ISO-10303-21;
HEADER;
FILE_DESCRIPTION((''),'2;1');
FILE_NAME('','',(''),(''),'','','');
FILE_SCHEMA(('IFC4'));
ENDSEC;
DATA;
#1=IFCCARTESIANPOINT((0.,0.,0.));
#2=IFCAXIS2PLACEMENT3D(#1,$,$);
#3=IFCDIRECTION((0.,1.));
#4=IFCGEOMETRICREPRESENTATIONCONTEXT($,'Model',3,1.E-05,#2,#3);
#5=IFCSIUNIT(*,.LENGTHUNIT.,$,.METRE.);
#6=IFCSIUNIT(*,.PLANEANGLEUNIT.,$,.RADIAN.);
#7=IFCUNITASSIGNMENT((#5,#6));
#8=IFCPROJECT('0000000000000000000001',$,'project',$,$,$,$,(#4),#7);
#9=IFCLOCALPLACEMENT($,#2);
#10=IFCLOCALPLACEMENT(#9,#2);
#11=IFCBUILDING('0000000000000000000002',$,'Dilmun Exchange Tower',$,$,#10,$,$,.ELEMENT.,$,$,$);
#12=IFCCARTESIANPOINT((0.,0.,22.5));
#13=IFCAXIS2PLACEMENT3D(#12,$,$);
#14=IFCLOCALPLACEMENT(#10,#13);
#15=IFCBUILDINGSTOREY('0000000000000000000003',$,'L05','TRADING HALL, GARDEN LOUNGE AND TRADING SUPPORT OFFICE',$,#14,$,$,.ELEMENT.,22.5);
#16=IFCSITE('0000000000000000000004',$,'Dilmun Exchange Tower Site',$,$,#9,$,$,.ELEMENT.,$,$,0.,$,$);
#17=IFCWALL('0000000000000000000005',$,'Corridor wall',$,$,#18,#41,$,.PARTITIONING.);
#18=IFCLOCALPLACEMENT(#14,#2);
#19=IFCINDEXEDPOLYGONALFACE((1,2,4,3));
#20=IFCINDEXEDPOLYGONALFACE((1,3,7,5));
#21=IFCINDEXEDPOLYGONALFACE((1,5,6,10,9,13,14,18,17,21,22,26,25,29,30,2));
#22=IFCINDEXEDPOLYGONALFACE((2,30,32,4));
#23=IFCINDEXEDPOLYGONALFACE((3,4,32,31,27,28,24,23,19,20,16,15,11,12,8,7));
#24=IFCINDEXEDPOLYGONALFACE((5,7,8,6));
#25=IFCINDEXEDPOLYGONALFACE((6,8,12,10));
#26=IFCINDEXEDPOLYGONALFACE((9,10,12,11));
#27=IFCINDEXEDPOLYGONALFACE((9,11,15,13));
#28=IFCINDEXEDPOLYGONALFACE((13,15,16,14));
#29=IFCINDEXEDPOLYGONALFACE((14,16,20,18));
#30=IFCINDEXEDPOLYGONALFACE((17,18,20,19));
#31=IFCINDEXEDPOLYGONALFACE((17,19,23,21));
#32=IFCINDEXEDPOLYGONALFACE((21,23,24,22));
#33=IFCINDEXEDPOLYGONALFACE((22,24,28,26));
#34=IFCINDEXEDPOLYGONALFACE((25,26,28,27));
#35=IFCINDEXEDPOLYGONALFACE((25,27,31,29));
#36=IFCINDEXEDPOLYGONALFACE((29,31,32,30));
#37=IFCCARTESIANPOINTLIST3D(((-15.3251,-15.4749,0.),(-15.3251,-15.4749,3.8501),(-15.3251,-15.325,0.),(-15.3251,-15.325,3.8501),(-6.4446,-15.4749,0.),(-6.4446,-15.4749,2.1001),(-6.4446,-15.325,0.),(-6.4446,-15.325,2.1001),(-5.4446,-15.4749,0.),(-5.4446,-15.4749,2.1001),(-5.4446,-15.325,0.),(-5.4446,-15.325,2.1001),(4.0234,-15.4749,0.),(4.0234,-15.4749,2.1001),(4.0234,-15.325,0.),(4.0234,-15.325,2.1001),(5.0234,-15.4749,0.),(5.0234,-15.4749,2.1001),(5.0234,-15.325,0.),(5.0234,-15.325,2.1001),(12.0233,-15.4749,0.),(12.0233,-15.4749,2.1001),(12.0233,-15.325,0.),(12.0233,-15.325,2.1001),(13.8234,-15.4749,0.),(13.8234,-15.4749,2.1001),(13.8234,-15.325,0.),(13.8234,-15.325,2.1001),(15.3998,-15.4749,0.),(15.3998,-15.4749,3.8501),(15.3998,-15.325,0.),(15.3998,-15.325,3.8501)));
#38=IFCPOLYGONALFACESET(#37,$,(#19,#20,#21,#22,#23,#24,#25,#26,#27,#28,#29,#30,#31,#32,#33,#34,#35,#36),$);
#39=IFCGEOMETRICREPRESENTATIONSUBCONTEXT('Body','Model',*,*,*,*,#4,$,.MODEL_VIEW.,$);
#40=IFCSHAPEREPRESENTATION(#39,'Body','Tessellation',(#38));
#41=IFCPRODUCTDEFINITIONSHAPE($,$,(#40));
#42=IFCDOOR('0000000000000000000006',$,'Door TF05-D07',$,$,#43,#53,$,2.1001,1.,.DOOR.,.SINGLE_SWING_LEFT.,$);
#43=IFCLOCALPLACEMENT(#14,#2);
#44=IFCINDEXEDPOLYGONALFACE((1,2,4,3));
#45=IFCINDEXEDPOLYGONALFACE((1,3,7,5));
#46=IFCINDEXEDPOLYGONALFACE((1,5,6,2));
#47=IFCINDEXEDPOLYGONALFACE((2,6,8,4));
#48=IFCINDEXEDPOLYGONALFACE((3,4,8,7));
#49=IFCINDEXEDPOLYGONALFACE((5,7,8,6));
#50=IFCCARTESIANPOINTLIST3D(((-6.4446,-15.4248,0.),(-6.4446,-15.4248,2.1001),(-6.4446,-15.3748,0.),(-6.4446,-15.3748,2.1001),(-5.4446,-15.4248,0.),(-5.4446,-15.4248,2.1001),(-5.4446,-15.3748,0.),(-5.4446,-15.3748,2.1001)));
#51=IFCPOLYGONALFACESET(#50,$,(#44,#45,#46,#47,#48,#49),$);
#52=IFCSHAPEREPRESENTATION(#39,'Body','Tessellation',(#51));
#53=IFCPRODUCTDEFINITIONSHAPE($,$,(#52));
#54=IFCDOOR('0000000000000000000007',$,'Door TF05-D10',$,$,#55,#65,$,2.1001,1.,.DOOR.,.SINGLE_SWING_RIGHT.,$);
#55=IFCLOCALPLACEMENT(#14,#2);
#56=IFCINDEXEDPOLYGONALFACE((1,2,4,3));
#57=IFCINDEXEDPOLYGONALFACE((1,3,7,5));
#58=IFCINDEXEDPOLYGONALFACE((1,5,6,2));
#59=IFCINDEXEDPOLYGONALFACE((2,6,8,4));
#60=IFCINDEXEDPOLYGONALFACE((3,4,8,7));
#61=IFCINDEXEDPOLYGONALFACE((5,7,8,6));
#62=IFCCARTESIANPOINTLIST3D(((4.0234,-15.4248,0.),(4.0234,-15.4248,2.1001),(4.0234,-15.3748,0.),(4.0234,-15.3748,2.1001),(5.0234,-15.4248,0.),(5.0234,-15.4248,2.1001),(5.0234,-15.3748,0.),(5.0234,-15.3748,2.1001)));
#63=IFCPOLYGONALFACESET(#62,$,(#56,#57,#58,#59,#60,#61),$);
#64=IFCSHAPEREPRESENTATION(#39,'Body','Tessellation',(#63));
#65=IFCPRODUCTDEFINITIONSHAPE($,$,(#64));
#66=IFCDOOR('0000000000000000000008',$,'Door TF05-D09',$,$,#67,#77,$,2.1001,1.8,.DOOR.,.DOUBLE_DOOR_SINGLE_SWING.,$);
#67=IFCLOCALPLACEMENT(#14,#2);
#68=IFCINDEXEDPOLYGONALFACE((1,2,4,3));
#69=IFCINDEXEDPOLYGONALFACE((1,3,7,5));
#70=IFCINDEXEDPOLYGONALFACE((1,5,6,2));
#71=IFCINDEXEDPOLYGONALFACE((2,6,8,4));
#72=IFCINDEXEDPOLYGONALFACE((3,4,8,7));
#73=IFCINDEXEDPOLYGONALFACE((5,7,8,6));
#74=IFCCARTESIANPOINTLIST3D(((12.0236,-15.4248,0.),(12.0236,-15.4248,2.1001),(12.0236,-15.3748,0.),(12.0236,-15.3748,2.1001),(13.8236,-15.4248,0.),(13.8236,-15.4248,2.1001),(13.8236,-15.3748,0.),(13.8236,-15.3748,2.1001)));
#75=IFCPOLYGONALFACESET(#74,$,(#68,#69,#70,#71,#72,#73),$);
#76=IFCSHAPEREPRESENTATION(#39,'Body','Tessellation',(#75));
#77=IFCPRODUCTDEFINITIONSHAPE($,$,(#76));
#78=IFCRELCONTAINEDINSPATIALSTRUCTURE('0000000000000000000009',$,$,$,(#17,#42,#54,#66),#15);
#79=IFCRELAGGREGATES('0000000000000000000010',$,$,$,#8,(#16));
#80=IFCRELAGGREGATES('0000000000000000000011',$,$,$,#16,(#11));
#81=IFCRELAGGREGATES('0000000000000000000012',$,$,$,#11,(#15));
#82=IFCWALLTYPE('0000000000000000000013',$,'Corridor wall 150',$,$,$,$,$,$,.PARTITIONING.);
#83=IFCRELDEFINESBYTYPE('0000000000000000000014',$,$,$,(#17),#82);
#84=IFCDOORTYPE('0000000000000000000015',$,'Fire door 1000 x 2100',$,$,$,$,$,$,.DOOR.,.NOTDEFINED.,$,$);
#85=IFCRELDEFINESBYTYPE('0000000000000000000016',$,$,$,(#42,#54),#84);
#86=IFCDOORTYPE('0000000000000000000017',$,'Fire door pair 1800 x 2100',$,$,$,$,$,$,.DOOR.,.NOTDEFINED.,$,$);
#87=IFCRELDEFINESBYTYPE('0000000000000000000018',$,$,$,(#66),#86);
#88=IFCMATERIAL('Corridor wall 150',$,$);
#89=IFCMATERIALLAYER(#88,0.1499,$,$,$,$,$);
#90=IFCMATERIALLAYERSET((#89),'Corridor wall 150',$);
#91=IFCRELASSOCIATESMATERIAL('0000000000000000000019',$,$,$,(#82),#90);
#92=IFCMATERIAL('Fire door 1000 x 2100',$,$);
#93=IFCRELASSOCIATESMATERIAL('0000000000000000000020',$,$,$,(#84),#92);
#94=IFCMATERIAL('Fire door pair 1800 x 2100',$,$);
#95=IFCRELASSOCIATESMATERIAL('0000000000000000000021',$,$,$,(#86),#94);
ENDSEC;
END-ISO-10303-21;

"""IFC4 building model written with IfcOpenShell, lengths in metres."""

from ifc_helpers import new_model, si_unit, direction, frame, frame_2d, origin, place, context, subcontext, project, spatial, rectangle, extrude, material, layer, layer_set, type_object, element, fill, save


model = new_model("IFC4")

# Units and contexts
model_context = context("Model", 3, precision=1e-05, world=origin(), true_north=direction((0.0, 1.0)))
body_context = subcontext(model_context, "Body", "Model", "MODEL_VIEW")
ifc_project = project(units=[si_unit("LENGTHUNIT", "METRE"), si_unit("PLANEANGLEUNIT", "RADIAN")], contexts=[model_context])

# Site, building, storey
site_placement = place(None, origin())
site = spatial("IfcSite", under=ifc_project, at=site_placement, Name="Dilmun Exchange Tower Site", CompositionType="ELEMENT", RefElevation=0.0)
building_placement = place(site_placement, origin())
building = spatial("IfcBuilding", under=site, at=building_placement, Name="Dilmun Exchange Tower", CompositionType="ELEMENT")
storey_placement = place(building_placement, frame((0.0, 0.0, 22.5)))
storey = spatial("IfcBuildingStorey", under=building, at=storey_placement, Name="L05", Description="TRADING HALL, GARDEN LOUNGE AND TRADING SUPPORT OFFICE", CompositionType="ELEMENT", Elevation=22.5)

# Wall, openings, doors
ifc_material_1 = material(Name="Corridor wall 150")
ifc_layer_1 = layer(ifc_material_1, 0.1499)
ifc_layer_set_1 = layer_set([ifc_layer_1], Name="Corridor wall 150")
wall_type_1 = type_object("IfcWallType", Name="Corridor wall 150", PredefinedType="PARTITIONING", material=ifc_layer_set_1)
ifc_material_2 = material(Name="Fire door 1000 x 2100")
door_type_1 = type_object("IfcDoorType", Name="Fire door 1000 x 2100", OperationType="NOTDEFINED", PredefinedType="DOOR", material=ifc_material_2)
ifc_material_3 = material(Name="Fire door pair 1800 x 2100")
door_type_2 = type_object("IfcDoorType", Name="Fire door pair 1800 x 2100", OperationType="NOTDEFINED", PredefinedType="DOOR", material=ifc_material_3)
wall_1_placement = place(storey_placement, frame((-15.325, -15.3999, 0.0), z_axis=(0.0, 0.0, 1.0), x_axis=(1.0, 0.0, 0.0)))
wall_1 = element("IfcWall", 1, at=wall_1_placement, inside=storey, type_object=wall_type_1, Name="Corridor wall", PredefinedType="PARTITIONING", context=body_context, shape_type="SweptSolid", body=[
    extrude(rectangle(XDim=30.7249, YDim=0.1499, at=frame_2d((15.3623, 0.0))), origin(), (0.0, 0.0, 1.0), 3.8501),
])
opening_1_placement = place(wall_1_placement, frame((8.8804, 0.0, 0.0)))
opening_1 = element("IfcOpeningElement", 2, at=opening_1_placement, cuts=wall_1, PredefinedType="OPENING", context=body_context, shape_type="SweptSolid", body=[
    extrude(rectangle(XDim=1.0, YDim=2.1001, at=frame_2d((0.5, 1.05))), frame((0.0, 0.085, 0.0), z_axis=(0.0, -1.0, 0.0), x_axis=(1.0, 0.0, 0.0)), (0.0, 0.0, 1.0), 0.1699),
])
opening_2_placement = place(wall_1_placement, frame((27.3484, 0.0, 0.0)))
opening_2 = element("IfcOpeningElement", 3, at=opening_2_placement, cuts=wall_1, PredefinedType="OPENING", context=body_context, shape_type="SweptSolid", body=[
    extrude(rectangle(XDim=1.8, YDim=2.1001, at=frame_2d((0.8999, 1.05))), frame((0.0, 0.085, 0.0), z_axis=(0.0, -1.0, 0.0), x_axis=(1.0, 0.0, 0.0)), (0.0, 0.0, 1.0), 0.1699),
])
opening_3_placement = place(wall_1_placement, frame((19.3484, 0.0, 0.0)))
opening_3 = element("IfcOpeningElement", 4, at=opening_3_placement, cuts=wall_1, PredefinedType="OPENING", context=body_context, shape_type="SweptSolid", body=[
    extrude(rectangle(XDim=1.0, YDim=2.1001, at=frame_2d((0.5, 1.05))), frame((0.0, 0.085, 0.0), z_axis=(0.0, -1.0, 0.0), x_axis=(1.0, 0.0, 0.0)), (0.0, 0.0, 1.0), 0.1699),
])
door_1_placement = place(opening_1_placement, frame((1.0, 0.0, 0.0), z_axis=(0.0, 0.0, 1.0), x_axis=(-1.0, 0.0, 0.0)))
door_1 = element("IfcDoor", 5, at=door_1_placement, inside=storey, type_object=door_type_1, Name="Door TF05-D07", OperationType="SINGLE_SWING_LEFT", OverallHeight=2.1001, OverallWidth=1.0, PredefinedType="DOOR", context=body_context, shape_type="SweptSolid", body=[
    extrude(rectangle(XDim=1.0, YDim=2.1001, at=frame_2d((0.5, 1.05))), frame((0.0, 0.0249, 0.0), z_axis=(0.0, -1.0, 0.0), x_axis=(1.0, 0.0, 0.0)), (0.0, 0.0, 1.0), 0.05),
])
fill(opening_1, door_1)
door_2_placement = place(opening_3_placement, frame((1.0, 0.0, 0.0), z_axis=(0.0, 0.0, 1.0), x_axis=(-1.0, 0.0, 0.0)))
door_2 = element("IfcDoor", 6, at=door_2_placement, inside=storey, type_object=door_type_1, Name="Door TF05-D10", OperationType="SINGLE_SWING_RIGHT", OverallHeight=2.1001, OverallWidth=1.0, PredefinedType="DOOR", context=body_context, shape_type="SweptSolid", body=[
    extrude(rectangle(XDim=1.0, YDim=2.1001, at=frame_2d((0.5, 1.05))), frame((0.0, 0.0249, 0.0), z_axis=(0.0, -1.0, 0.0), x_axis=(1.0, 0.0, 0.0)), (0.0, 0.0, 1.0), 0.05),
])
fill(opening_3, door_2)
door_3_placement = place(opening_2_placement, frame((1.8, 0.0, 0.0), z_axis=(0.0, 0.0, 1.0), x_axis=(-1.0, 0.0, 0.0)))
door_3 = element("IfcDoor", 7, at=door_3_placement, inside=storey, type_object=door_type_2, Name="Door TF05-D09", OperationType="DOUBLE_DOOR_SINGLE_SWING", OverallHeight=2.1001, OverallWidth=1.8, PredefinedType="DOOR", context=body_context, shape_type="SweptSolid", body=[
    extrude(rectangle(XDim=1.8, YDim=2.1001, at=frame_2d((0.8999, 1.05))), frame((0.0, 0.0249, 0.0), z_axis=(0.0, -1.0, 0.0), x_axis=(1.0, 0.0, 0.0)), (0.0, 0.0, 1.0), 0.05),
])
fill(opening_2, door_3)

save(model, "model.ifc")
